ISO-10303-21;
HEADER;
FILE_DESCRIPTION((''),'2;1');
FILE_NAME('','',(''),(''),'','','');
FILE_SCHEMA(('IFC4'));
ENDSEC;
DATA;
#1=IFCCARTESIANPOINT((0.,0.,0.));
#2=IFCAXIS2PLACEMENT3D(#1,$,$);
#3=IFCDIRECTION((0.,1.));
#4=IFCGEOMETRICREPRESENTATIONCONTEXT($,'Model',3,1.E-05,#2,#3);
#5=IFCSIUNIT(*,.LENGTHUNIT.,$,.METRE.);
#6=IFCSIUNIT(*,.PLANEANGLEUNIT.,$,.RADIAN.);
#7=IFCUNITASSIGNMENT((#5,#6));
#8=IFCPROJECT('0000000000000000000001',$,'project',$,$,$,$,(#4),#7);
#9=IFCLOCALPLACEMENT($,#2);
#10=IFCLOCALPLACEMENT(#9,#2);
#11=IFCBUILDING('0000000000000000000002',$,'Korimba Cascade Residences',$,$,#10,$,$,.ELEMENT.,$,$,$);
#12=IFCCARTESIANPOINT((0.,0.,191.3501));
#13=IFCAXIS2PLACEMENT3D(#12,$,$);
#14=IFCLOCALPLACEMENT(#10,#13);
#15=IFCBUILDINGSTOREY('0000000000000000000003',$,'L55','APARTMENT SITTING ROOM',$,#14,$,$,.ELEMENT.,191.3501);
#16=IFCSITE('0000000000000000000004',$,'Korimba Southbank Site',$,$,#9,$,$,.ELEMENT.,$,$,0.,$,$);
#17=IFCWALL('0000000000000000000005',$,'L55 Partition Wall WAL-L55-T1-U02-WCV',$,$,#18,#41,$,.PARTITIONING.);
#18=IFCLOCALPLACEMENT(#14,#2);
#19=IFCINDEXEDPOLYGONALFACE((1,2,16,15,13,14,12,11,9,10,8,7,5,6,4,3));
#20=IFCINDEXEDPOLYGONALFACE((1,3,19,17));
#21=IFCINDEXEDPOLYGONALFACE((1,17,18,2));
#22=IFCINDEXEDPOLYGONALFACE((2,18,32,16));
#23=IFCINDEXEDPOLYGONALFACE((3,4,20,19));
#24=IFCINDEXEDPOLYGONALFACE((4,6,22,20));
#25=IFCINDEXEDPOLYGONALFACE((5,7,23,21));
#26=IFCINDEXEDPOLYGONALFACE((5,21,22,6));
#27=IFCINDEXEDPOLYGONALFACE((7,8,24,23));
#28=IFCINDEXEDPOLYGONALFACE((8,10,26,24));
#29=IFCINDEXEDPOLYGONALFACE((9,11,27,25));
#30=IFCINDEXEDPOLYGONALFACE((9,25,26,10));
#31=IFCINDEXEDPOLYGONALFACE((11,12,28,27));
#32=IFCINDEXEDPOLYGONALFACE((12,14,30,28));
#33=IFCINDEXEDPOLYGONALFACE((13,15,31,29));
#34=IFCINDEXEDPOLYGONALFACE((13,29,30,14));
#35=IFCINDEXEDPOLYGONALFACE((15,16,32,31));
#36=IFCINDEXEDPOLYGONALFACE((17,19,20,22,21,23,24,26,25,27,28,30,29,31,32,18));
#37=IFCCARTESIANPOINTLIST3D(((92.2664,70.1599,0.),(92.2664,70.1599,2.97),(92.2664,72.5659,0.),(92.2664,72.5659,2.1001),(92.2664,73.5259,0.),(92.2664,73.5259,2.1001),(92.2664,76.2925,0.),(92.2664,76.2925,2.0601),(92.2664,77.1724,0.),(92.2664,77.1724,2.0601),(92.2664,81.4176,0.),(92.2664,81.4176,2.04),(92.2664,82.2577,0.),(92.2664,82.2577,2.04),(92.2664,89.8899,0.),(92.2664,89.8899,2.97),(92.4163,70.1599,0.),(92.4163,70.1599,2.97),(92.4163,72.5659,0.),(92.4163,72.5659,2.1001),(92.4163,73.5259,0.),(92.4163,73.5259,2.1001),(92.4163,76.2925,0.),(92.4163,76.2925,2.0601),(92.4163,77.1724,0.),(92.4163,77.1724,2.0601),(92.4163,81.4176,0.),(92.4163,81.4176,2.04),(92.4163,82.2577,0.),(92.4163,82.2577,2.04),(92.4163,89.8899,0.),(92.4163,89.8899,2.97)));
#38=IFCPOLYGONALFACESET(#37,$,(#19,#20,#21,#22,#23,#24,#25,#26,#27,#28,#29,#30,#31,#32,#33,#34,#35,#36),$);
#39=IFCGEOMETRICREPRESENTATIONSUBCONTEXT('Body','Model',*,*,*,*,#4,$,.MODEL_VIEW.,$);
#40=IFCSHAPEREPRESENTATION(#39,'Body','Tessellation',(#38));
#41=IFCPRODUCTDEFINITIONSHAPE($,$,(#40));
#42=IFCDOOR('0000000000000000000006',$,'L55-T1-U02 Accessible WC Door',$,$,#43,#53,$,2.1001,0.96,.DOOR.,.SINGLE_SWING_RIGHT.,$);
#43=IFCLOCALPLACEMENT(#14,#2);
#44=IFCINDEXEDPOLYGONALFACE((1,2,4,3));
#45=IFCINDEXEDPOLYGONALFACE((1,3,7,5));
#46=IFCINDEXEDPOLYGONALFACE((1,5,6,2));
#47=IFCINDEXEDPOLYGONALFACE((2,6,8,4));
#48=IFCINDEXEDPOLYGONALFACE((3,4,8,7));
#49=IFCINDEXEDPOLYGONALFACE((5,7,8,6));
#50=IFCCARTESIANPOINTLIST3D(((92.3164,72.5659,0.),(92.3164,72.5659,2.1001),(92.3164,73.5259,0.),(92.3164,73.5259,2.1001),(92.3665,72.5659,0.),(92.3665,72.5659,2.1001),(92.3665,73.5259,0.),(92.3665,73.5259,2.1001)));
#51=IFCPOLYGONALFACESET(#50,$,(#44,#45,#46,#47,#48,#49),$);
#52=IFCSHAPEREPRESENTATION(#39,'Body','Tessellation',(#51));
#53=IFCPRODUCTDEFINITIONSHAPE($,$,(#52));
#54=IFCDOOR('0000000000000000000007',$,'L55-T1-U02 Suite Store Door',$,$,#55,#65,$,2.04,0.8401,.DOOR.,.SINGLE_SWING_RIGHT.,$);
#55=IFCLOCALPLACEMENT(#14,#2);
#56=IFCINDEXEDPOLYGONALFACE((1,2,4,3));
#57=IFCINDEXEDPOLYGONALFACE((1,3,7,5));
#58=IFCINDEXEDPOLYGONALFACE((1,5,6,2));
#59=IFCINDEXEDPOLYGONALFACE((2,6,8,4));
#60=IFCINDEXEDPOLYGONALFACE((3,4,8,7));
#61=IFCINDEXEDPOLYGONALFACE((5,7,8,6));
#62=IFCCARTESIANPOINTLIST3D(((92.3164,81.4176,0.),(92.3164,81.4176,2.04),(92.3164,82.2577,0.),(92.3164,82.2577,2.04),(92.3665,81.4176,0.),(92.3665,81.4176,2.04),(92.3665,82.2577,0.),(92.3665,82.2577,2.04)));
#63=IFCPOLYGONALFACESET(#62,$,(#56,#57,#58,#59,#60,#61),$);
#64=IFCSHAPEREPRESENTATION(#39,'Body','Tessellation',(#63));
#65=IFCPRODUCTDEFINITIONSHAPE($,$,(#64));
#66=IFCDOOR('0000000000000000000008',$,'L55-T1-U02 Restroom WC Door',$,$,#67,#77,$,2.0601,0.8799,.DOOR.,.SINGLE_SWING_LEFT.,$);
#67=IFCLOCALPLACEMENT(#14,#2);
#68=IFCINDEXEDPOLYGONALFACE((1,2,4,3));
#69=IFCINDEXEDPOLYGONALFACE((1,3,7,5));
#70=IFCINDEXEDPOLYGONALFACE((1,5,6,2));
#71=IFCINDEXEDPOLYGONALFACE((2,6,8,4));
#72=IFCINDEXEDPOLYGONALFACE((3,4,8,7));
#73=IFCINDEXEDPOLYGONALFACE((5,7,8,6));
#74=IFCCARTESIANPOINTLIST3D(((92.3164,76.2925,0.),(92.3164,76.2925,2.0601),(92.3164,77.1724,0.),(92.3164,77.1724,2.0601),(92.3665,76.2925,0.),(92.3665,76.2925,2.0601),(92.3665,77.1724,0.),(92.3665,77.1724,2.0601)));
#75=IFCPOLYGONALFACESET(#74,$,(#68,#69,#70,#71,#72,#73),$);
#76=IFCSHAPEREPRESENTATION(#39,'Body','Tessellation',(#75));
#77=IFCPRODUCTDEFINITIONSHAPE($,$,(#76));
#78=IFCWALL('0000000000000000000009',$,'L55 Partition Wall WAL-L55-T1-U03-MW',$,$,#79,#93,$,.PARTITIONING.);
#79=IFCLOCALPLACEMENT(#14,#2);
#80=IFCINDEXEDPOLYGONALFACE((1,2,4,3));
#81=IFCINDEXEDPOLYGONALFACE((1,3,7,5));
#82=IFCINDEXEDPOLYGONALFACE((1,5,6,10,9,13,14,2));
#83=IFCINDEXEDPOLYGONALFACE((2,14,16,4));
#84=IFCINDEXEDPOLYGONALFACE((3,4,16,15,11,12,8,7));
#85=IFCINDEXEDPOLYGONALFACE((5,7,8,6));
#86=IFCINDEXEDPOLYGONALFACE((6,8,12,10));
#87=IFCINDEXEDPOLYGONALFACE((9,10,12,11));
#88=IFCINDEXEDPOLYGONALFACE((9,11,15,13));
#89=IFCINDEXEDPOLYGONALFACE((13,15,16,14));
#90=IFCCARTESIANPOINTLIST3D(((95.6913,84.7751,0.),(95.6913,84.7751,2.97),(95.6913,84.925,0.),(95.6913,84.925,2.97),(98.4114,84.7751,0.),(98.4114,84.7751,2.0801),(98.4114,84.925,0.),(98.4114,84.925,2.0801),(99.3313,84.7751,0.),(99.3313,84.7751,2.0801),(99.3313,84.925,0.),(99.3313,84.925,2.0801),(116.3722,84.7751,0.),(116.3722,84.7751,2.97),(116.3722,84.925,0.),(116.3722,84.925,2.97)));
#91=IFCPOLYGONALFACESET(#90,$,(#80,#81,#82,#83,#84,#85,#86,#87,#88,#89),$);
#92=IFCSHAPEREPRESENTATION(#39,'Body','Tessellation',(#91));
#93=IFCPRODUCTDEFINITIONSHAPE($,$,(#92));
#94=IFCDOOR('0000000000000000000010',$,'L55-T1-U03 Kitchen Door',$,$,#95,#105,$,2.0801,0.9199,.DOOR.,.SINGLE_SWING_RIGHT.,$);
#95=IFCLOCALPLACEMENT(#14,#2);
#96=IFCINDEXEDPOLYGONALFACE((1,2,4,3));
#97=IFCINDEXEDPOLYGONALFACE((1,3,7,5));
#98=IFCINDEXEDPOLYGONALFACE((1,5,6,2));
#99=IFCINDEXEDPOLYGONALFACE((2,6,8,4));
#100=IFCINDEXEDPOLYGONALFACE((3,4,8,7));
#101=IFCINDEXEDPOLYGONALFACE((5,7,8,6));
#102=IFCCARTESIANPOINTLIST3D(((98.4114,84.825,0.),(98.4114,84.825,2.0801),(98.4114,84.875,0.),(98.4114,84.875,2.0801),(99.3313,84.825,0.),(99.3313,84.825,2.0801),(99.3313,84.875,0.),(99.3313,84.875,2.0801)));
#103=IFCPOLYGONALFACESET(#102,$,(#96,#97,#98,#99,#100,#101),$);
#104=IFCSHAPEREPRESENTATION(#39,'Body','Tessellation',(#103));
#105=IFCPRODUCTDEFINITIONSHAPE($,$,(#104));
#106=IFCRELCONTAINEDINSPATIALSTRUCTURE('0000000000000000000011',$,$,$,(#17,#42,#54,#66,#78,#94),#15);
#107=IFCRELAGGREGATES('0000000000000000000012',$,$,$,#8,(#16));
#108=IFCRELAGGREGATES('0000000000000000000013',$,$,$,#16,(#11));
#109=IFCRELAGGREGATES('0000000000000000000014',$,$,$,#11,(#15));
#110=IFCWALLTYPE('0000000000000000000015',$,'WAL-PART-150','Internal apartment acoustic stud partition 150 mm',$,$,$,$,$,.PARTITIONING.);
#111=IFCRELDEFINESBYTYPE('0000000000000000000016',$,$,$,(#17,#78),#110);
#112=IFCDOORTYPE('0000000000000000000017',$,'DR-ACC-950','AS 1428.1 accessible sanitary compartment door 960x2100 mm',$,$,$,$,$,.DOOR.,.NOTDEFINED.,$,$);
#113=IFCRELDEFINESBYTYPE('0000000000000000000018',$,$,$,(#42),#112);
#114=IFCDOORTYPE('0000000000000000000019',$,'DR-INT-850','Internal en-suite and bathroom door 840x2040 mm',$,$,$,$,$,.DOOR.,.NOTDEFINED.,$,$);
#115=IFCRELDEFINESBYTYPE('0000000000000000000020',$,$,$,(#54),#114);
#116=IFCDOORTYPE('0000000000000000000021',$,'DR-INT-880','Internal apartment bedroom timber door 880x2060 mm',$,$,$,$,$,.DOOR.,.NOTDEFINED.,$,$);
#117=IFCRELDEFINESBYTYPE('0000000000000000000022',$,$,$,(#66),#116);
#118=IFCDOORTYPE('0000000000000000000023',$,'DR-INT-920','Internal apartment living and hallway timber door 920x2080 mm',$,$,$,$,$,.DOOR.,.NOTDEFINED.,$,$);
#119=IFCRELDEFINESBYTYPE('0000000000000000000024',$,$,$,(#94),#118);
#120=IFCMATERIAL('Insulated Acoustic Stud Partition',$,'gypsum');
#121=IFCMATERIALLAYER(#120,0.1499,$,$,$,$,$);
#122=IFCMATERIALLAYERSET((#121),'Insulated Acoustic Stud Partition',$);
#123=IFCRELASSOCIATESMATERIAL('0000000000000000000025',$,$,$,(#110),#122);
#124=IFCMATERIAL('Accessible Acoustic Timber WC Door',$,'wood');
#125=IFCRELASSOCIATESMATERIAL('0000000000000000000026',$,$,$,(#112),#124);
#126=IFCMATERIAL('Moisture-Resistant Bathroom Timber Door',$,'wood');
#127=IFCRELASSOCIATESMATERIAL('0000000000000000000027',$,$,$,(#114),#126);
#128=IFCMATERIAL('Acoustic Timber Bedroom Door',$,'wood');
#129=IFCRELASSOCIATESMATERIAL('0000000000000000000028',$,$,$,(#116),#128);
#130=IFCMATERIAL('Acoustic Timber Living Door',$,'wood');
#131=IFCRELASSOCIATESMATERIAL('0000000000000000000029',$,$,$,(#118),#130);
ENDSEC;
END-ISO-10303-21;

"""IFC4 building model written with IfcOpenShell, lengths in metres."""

from ifc_helpers import new_model, si_unit, direction, frame, frame_2d, origin, place, context, subcontext, project, spatial, rectangle, extrude, material, layer, layer_set, type_object, element, fill, save


model = new_model("IFC4")

# Units and contexts
model_context = context("Model", 3, precision=1e-05, world=origin(), true_north=direction((0.0, 1.0)))
body_context = subcontext(model_context, "Body", "Model", "MODEL_VIEW")
ifc_project = project(units=[si_unit("LENGTHUNIT", "METRE"), si_unit("PLANEANGLEUNIT", "RADIAN")], contexts=[model_context])

# Site, building, storey
site_placement = place(None, origin())
site = spatial("IfcSite", under=ifc_project, at=site_placement, Name="Korimba Southbank Site", CompositionType="ELEMENT", RefElevation=0.0)
building_placement = place(site_placement, origin())
building = spatial("IfcBuilding", under=site, at=building_placement, Name="Korimba Cascade Residences", CompositionType="ELEMENT")
storey_placement = place(building_placement, frame((0.0, 0.0, 191.3501)))
storey = spatial("IfcBuildingStorey", under=building, at=storey_placement, Name="L55", Description="APARTMENT SITTING ROOM", CompositionType="ELEMENT", Elevation=191.3501)

# Shared definitions
ifc_material_1 = material(Name="Insulated Acoustic Stud Partition", Category="gypsum")
ifc_layer_1 = layer(ifc_material_1, 0.1499)
ifc_layer_set_1 = layer_set([ifc_layer_1], Name="Insulated Acoustic Stud Partition")
wall_type_1 = type_object("IfcWallType", Name="WAL-PART-150", Description="Internal apartment acoustic stud partition 150 mm", PredefinedType="PARTITIONING", material=ifc_layer_set_1)

# Wall, openings, doors
wall_1_placement = place(storey_placement, frame((92.3413, 70.1599, 0.0), z_axis=(0.0, 0.0, 1.0), x_axis=(0.0, 1.0, 0.0)))
wall_1 = element("IfcWall", 1, at=wall_1_placement, inside=storey, type_object=wall_type_1, Name="L55 Partition Wall WAL-L55-T1-U02-WCV", PredefinedType="PARTITIONING", context=body_context, shape_type="SweptSolid", body=[
    extrude(rectangle(XDim=19.73, YDim=0.1499, at=frame_2d((9.865, 0.0))), origin(), (0.0, 0.0, 1.0), 2.97),
])
opening_1_placement = place(wall_1_placement, frame((2.406, 0.0, 0.0)))
opening_1 = element("IfcOpeningElement", 2, at=opening_1_placement, cuts=wall_1, PredefinedType="OPENING", context=body_context, shape_type="SweptSolid", body=[
    extrude(rectangle(XDim=0.96, YDim=2.1001, at=frame_2d((0.48, 1.05))), frame((0.0, 0.085, 0.0), z_axis=(0.0, -1.0, 0.0), x_axis=(1.0, 0.0, 0.0)), (0.0, 0.0, 1.0), 0.1699),
])
opening_2_placement = place(wall_1_placement, frame((6.1326, 0.0, 0.0)))
opening_2 = element("IfcOpeningElement", 3, at=opening_2_placement, cuts=wall_1, PredefinedType="OPENING", context=body_context, shape_type="SweptSolid", body=[
    extrude(rectangle(XDim=0.8799, YDim=2.0601, at=frame_2d((0.4399, 1.03))), frame((0.0, 0.085, 0.0), z_axis=(0.0, -1.0, 0.0), x_axis=(1.0, 0.0, 0.0)), (0.0, 0.0, 1.0), 0.1699),
])
opening_3_placement = place(wall_1_placement, frame((11.2578, 0.0, 0.0)))
opening_3 = element("IfcOpeningElement", 4, at=opening_3_placement, cuts=wall_1, PredefinedType="OPENING", context=body_context, shape_type="SweptSolid", body=[
    extrude(rectangle(XDim=0.8401, YDim=2.04, at=frame_2d((0.4199, 1.02))), frame((0.0, 0.085, 0.0), z_axis=(0.0, -1.0, 0.0), x_axis=(1.0, 0.0, 0.0)), (0.0, 0.0, 1.0), 0.1699),
])
ifc_material_2 = material(Name="Accessible Acoustic Timber WC Door", Category="wood")
door_type_1 = type_object("IfcDoorType", Name="DR-ACC-950", Description="AS 1428.1 accessible sanitary compartment door 960x2100 mm", OperationType="NOTDEFINED", PredefinedType="DOOR", material=ifc_material_2)
door_1_placement = place(opening_1_placement, origin())
door_1 = element("IfcDoor", 5, at=door_1_placement, inside=storey, type_object=door_type_1, Name="L55-T1-U02 Accessible WC Door", OperationType="SINGLE_SWING_RIGHT", OverallHeight=2.1001, OverallWidth=0.96, PredefinedType="DOOR", context=body_context, shape_type="SweptSolid", body=[
    extrude(rectangle(XDim=0.96, YDim=2.1001, at=frame_2d((0.48, 1.05))), frame((0.0, 0.0249, 0.0), z_axis=(0.0, -1.0, 0.0), x_axis=(1.0, 0.0, 0.0)), (0.0, 0.0, 1.0), 0.05),
])
fill(opening_1, door_1)
ifc_material_3 = material(Name="Moisture-Resistant Bathroom Timber Door", Category="wood")
door_type_2 = type_object("IfcDoorType", Name="DR-INT-850", Description="Internal en-suite and bathroom door 840x2040 mm", OperationType="NOTDEFINED", PredefinedType="DOOR", material=ifc_material_3)
door_2_placement = place(opening_3_placement, origin())
door_2 = element("IfcDoor", 6, at=door_2_placement, inside=storey, type_object=door_type_2, Name="L55-T1-U02 Suite Store Door", OperationType="SINGLE_SWING_RIGHT", OverallHeight=2.04, OverallWidth=0.8401, PredefinedType="DOOR", context=body_context, shape_type="SweptSolid", body=[
    extrude(rectangle(XDim=0.8401, YDim=2.04, at=frame_2d((0.4199, 1.02))), frame((0.0, 0.0249, 0.0), z_axis=(0.0, -1.0, 0.0), x_axis=(1.0, 0.0, 0.0)), (0.0, 0.0, 1.0), 0.05),
])
fill(opening_3, door_2)
ifc_material_4 = material(Name="Acoustic Timber Bedroom Door", Category="wood")
door_type_3 = type_object("IfcDoorType", Name="DR-INT-880", Description="Internal apartment bedroom timber door 880x2060 mm", OperationType="NOTDEFINED", PredefinedType="DOOR", material=ifc_material_4)
door_3_placement = place(opening_2_placement, origin())
door_3 = element("IfcDoor", 7, at=door_3_placement, inside=storey, type_object=door_type_3, Name="L55-T1-U02 Restroom WC Door", OperationType="SINGLE_SWING_LEFT", OverallHeight=2.0601, OverallWidth=0.8799, PredefinedType="DOOR", context=body_context, shape_type="SweptSolid", body=[
    extrude(rectangle(XDim=0.8799, YDim=2.0601, at=frame_2d((0.4399, 1.03))), frame((0.0, 0.0249, 0.0), z_axis=(0.0, -1.0, 0.0), x_axis=(1.0, 0.0, 0.0)), (0.0, 0.0, 1.0), 0.05),
])
fill(opening_2, door_3)

# Wall, opening, door
wall_2_placement = place(storey_placement, frame((95.6914, 84.8501, 0.0), z_axis=(0.0, 0.0, 1.0), x_axis=(1.0, 0.0, 0.0)))
wall_2 = element("IfcWall", 8, at=wall_2_placement, inside=storey, type_object=wall_type_1, Name="L55 Partition Wall WAL-L55-T1-U03-MW", PredefinedType="PARTITIONING", context=body_context, shape_type="SweptSolid", body=[
    extrude(rectangle(XDim=20.6809, YDim=0.1499, at=frame_2d((10.3403, 0.0))), origin(), (0.0, 0.0, 1.0), 2.97),
])
opening_4_placement = place(wall_2_placement, frame((2.72, 0.0, 0.0)))
opening_4 = element("IfcOpeningElement", 9, at=opening_4_placement, cuts=wall_2, PredefinedType="OPENING", context=body_context, shape_type="SweptSolid", body=[
    extrude(rectangle(XDim=0.9199, YDim=2.0801, at=frame_2d((0.46, 1.04))), frame((0.0, 0.085, 0.0), z_axis=(0.0, -1.0, 0.0), x_axis=(1.0, 0.0, 0.0)), (0.0, 0.0, 1.0), 0.1699),
])
ifc_material_5 = material(Name="Acoustic Timber Living Door", Category="wood")
door_type_4 = type_object("IfcDoorType", Name="DR-INT-920", Description="Internal apartment living and hallway timber door 920x2080 mm", OperationType="NOTDEFINED", PredefinedType="DOOR", material=ifc_material_5)
door_4_placement = place(opening_4_placement, origin())
door_4 = element("IfcDoor", 10, at=door_4_placement, inside=storey, type_object=door_type_4, Name="L55-T1-U03 Kitchen Door", OperationType="SINGLE_SWING_RIGHT", OverallHeight=2.0801, OverallWidth=0.9199, PredefinedType="DOOR", context=body_context, shape_type="SweptSolid", body=[
    extrude(rectangle(XDim=0.9199, YDim=2.0801, at=frame_2d((0.46, 1.04))), frame((0.0, 0.0249, 0.0), z_axis=(0.0, -1.0, 0.0), x_axis=(1.0, 0.0, 0.0)), (0.0, 0.0, 1.0), 0.05),
])
fill(opening_4, door_4)

save(model, "model.ifc")
